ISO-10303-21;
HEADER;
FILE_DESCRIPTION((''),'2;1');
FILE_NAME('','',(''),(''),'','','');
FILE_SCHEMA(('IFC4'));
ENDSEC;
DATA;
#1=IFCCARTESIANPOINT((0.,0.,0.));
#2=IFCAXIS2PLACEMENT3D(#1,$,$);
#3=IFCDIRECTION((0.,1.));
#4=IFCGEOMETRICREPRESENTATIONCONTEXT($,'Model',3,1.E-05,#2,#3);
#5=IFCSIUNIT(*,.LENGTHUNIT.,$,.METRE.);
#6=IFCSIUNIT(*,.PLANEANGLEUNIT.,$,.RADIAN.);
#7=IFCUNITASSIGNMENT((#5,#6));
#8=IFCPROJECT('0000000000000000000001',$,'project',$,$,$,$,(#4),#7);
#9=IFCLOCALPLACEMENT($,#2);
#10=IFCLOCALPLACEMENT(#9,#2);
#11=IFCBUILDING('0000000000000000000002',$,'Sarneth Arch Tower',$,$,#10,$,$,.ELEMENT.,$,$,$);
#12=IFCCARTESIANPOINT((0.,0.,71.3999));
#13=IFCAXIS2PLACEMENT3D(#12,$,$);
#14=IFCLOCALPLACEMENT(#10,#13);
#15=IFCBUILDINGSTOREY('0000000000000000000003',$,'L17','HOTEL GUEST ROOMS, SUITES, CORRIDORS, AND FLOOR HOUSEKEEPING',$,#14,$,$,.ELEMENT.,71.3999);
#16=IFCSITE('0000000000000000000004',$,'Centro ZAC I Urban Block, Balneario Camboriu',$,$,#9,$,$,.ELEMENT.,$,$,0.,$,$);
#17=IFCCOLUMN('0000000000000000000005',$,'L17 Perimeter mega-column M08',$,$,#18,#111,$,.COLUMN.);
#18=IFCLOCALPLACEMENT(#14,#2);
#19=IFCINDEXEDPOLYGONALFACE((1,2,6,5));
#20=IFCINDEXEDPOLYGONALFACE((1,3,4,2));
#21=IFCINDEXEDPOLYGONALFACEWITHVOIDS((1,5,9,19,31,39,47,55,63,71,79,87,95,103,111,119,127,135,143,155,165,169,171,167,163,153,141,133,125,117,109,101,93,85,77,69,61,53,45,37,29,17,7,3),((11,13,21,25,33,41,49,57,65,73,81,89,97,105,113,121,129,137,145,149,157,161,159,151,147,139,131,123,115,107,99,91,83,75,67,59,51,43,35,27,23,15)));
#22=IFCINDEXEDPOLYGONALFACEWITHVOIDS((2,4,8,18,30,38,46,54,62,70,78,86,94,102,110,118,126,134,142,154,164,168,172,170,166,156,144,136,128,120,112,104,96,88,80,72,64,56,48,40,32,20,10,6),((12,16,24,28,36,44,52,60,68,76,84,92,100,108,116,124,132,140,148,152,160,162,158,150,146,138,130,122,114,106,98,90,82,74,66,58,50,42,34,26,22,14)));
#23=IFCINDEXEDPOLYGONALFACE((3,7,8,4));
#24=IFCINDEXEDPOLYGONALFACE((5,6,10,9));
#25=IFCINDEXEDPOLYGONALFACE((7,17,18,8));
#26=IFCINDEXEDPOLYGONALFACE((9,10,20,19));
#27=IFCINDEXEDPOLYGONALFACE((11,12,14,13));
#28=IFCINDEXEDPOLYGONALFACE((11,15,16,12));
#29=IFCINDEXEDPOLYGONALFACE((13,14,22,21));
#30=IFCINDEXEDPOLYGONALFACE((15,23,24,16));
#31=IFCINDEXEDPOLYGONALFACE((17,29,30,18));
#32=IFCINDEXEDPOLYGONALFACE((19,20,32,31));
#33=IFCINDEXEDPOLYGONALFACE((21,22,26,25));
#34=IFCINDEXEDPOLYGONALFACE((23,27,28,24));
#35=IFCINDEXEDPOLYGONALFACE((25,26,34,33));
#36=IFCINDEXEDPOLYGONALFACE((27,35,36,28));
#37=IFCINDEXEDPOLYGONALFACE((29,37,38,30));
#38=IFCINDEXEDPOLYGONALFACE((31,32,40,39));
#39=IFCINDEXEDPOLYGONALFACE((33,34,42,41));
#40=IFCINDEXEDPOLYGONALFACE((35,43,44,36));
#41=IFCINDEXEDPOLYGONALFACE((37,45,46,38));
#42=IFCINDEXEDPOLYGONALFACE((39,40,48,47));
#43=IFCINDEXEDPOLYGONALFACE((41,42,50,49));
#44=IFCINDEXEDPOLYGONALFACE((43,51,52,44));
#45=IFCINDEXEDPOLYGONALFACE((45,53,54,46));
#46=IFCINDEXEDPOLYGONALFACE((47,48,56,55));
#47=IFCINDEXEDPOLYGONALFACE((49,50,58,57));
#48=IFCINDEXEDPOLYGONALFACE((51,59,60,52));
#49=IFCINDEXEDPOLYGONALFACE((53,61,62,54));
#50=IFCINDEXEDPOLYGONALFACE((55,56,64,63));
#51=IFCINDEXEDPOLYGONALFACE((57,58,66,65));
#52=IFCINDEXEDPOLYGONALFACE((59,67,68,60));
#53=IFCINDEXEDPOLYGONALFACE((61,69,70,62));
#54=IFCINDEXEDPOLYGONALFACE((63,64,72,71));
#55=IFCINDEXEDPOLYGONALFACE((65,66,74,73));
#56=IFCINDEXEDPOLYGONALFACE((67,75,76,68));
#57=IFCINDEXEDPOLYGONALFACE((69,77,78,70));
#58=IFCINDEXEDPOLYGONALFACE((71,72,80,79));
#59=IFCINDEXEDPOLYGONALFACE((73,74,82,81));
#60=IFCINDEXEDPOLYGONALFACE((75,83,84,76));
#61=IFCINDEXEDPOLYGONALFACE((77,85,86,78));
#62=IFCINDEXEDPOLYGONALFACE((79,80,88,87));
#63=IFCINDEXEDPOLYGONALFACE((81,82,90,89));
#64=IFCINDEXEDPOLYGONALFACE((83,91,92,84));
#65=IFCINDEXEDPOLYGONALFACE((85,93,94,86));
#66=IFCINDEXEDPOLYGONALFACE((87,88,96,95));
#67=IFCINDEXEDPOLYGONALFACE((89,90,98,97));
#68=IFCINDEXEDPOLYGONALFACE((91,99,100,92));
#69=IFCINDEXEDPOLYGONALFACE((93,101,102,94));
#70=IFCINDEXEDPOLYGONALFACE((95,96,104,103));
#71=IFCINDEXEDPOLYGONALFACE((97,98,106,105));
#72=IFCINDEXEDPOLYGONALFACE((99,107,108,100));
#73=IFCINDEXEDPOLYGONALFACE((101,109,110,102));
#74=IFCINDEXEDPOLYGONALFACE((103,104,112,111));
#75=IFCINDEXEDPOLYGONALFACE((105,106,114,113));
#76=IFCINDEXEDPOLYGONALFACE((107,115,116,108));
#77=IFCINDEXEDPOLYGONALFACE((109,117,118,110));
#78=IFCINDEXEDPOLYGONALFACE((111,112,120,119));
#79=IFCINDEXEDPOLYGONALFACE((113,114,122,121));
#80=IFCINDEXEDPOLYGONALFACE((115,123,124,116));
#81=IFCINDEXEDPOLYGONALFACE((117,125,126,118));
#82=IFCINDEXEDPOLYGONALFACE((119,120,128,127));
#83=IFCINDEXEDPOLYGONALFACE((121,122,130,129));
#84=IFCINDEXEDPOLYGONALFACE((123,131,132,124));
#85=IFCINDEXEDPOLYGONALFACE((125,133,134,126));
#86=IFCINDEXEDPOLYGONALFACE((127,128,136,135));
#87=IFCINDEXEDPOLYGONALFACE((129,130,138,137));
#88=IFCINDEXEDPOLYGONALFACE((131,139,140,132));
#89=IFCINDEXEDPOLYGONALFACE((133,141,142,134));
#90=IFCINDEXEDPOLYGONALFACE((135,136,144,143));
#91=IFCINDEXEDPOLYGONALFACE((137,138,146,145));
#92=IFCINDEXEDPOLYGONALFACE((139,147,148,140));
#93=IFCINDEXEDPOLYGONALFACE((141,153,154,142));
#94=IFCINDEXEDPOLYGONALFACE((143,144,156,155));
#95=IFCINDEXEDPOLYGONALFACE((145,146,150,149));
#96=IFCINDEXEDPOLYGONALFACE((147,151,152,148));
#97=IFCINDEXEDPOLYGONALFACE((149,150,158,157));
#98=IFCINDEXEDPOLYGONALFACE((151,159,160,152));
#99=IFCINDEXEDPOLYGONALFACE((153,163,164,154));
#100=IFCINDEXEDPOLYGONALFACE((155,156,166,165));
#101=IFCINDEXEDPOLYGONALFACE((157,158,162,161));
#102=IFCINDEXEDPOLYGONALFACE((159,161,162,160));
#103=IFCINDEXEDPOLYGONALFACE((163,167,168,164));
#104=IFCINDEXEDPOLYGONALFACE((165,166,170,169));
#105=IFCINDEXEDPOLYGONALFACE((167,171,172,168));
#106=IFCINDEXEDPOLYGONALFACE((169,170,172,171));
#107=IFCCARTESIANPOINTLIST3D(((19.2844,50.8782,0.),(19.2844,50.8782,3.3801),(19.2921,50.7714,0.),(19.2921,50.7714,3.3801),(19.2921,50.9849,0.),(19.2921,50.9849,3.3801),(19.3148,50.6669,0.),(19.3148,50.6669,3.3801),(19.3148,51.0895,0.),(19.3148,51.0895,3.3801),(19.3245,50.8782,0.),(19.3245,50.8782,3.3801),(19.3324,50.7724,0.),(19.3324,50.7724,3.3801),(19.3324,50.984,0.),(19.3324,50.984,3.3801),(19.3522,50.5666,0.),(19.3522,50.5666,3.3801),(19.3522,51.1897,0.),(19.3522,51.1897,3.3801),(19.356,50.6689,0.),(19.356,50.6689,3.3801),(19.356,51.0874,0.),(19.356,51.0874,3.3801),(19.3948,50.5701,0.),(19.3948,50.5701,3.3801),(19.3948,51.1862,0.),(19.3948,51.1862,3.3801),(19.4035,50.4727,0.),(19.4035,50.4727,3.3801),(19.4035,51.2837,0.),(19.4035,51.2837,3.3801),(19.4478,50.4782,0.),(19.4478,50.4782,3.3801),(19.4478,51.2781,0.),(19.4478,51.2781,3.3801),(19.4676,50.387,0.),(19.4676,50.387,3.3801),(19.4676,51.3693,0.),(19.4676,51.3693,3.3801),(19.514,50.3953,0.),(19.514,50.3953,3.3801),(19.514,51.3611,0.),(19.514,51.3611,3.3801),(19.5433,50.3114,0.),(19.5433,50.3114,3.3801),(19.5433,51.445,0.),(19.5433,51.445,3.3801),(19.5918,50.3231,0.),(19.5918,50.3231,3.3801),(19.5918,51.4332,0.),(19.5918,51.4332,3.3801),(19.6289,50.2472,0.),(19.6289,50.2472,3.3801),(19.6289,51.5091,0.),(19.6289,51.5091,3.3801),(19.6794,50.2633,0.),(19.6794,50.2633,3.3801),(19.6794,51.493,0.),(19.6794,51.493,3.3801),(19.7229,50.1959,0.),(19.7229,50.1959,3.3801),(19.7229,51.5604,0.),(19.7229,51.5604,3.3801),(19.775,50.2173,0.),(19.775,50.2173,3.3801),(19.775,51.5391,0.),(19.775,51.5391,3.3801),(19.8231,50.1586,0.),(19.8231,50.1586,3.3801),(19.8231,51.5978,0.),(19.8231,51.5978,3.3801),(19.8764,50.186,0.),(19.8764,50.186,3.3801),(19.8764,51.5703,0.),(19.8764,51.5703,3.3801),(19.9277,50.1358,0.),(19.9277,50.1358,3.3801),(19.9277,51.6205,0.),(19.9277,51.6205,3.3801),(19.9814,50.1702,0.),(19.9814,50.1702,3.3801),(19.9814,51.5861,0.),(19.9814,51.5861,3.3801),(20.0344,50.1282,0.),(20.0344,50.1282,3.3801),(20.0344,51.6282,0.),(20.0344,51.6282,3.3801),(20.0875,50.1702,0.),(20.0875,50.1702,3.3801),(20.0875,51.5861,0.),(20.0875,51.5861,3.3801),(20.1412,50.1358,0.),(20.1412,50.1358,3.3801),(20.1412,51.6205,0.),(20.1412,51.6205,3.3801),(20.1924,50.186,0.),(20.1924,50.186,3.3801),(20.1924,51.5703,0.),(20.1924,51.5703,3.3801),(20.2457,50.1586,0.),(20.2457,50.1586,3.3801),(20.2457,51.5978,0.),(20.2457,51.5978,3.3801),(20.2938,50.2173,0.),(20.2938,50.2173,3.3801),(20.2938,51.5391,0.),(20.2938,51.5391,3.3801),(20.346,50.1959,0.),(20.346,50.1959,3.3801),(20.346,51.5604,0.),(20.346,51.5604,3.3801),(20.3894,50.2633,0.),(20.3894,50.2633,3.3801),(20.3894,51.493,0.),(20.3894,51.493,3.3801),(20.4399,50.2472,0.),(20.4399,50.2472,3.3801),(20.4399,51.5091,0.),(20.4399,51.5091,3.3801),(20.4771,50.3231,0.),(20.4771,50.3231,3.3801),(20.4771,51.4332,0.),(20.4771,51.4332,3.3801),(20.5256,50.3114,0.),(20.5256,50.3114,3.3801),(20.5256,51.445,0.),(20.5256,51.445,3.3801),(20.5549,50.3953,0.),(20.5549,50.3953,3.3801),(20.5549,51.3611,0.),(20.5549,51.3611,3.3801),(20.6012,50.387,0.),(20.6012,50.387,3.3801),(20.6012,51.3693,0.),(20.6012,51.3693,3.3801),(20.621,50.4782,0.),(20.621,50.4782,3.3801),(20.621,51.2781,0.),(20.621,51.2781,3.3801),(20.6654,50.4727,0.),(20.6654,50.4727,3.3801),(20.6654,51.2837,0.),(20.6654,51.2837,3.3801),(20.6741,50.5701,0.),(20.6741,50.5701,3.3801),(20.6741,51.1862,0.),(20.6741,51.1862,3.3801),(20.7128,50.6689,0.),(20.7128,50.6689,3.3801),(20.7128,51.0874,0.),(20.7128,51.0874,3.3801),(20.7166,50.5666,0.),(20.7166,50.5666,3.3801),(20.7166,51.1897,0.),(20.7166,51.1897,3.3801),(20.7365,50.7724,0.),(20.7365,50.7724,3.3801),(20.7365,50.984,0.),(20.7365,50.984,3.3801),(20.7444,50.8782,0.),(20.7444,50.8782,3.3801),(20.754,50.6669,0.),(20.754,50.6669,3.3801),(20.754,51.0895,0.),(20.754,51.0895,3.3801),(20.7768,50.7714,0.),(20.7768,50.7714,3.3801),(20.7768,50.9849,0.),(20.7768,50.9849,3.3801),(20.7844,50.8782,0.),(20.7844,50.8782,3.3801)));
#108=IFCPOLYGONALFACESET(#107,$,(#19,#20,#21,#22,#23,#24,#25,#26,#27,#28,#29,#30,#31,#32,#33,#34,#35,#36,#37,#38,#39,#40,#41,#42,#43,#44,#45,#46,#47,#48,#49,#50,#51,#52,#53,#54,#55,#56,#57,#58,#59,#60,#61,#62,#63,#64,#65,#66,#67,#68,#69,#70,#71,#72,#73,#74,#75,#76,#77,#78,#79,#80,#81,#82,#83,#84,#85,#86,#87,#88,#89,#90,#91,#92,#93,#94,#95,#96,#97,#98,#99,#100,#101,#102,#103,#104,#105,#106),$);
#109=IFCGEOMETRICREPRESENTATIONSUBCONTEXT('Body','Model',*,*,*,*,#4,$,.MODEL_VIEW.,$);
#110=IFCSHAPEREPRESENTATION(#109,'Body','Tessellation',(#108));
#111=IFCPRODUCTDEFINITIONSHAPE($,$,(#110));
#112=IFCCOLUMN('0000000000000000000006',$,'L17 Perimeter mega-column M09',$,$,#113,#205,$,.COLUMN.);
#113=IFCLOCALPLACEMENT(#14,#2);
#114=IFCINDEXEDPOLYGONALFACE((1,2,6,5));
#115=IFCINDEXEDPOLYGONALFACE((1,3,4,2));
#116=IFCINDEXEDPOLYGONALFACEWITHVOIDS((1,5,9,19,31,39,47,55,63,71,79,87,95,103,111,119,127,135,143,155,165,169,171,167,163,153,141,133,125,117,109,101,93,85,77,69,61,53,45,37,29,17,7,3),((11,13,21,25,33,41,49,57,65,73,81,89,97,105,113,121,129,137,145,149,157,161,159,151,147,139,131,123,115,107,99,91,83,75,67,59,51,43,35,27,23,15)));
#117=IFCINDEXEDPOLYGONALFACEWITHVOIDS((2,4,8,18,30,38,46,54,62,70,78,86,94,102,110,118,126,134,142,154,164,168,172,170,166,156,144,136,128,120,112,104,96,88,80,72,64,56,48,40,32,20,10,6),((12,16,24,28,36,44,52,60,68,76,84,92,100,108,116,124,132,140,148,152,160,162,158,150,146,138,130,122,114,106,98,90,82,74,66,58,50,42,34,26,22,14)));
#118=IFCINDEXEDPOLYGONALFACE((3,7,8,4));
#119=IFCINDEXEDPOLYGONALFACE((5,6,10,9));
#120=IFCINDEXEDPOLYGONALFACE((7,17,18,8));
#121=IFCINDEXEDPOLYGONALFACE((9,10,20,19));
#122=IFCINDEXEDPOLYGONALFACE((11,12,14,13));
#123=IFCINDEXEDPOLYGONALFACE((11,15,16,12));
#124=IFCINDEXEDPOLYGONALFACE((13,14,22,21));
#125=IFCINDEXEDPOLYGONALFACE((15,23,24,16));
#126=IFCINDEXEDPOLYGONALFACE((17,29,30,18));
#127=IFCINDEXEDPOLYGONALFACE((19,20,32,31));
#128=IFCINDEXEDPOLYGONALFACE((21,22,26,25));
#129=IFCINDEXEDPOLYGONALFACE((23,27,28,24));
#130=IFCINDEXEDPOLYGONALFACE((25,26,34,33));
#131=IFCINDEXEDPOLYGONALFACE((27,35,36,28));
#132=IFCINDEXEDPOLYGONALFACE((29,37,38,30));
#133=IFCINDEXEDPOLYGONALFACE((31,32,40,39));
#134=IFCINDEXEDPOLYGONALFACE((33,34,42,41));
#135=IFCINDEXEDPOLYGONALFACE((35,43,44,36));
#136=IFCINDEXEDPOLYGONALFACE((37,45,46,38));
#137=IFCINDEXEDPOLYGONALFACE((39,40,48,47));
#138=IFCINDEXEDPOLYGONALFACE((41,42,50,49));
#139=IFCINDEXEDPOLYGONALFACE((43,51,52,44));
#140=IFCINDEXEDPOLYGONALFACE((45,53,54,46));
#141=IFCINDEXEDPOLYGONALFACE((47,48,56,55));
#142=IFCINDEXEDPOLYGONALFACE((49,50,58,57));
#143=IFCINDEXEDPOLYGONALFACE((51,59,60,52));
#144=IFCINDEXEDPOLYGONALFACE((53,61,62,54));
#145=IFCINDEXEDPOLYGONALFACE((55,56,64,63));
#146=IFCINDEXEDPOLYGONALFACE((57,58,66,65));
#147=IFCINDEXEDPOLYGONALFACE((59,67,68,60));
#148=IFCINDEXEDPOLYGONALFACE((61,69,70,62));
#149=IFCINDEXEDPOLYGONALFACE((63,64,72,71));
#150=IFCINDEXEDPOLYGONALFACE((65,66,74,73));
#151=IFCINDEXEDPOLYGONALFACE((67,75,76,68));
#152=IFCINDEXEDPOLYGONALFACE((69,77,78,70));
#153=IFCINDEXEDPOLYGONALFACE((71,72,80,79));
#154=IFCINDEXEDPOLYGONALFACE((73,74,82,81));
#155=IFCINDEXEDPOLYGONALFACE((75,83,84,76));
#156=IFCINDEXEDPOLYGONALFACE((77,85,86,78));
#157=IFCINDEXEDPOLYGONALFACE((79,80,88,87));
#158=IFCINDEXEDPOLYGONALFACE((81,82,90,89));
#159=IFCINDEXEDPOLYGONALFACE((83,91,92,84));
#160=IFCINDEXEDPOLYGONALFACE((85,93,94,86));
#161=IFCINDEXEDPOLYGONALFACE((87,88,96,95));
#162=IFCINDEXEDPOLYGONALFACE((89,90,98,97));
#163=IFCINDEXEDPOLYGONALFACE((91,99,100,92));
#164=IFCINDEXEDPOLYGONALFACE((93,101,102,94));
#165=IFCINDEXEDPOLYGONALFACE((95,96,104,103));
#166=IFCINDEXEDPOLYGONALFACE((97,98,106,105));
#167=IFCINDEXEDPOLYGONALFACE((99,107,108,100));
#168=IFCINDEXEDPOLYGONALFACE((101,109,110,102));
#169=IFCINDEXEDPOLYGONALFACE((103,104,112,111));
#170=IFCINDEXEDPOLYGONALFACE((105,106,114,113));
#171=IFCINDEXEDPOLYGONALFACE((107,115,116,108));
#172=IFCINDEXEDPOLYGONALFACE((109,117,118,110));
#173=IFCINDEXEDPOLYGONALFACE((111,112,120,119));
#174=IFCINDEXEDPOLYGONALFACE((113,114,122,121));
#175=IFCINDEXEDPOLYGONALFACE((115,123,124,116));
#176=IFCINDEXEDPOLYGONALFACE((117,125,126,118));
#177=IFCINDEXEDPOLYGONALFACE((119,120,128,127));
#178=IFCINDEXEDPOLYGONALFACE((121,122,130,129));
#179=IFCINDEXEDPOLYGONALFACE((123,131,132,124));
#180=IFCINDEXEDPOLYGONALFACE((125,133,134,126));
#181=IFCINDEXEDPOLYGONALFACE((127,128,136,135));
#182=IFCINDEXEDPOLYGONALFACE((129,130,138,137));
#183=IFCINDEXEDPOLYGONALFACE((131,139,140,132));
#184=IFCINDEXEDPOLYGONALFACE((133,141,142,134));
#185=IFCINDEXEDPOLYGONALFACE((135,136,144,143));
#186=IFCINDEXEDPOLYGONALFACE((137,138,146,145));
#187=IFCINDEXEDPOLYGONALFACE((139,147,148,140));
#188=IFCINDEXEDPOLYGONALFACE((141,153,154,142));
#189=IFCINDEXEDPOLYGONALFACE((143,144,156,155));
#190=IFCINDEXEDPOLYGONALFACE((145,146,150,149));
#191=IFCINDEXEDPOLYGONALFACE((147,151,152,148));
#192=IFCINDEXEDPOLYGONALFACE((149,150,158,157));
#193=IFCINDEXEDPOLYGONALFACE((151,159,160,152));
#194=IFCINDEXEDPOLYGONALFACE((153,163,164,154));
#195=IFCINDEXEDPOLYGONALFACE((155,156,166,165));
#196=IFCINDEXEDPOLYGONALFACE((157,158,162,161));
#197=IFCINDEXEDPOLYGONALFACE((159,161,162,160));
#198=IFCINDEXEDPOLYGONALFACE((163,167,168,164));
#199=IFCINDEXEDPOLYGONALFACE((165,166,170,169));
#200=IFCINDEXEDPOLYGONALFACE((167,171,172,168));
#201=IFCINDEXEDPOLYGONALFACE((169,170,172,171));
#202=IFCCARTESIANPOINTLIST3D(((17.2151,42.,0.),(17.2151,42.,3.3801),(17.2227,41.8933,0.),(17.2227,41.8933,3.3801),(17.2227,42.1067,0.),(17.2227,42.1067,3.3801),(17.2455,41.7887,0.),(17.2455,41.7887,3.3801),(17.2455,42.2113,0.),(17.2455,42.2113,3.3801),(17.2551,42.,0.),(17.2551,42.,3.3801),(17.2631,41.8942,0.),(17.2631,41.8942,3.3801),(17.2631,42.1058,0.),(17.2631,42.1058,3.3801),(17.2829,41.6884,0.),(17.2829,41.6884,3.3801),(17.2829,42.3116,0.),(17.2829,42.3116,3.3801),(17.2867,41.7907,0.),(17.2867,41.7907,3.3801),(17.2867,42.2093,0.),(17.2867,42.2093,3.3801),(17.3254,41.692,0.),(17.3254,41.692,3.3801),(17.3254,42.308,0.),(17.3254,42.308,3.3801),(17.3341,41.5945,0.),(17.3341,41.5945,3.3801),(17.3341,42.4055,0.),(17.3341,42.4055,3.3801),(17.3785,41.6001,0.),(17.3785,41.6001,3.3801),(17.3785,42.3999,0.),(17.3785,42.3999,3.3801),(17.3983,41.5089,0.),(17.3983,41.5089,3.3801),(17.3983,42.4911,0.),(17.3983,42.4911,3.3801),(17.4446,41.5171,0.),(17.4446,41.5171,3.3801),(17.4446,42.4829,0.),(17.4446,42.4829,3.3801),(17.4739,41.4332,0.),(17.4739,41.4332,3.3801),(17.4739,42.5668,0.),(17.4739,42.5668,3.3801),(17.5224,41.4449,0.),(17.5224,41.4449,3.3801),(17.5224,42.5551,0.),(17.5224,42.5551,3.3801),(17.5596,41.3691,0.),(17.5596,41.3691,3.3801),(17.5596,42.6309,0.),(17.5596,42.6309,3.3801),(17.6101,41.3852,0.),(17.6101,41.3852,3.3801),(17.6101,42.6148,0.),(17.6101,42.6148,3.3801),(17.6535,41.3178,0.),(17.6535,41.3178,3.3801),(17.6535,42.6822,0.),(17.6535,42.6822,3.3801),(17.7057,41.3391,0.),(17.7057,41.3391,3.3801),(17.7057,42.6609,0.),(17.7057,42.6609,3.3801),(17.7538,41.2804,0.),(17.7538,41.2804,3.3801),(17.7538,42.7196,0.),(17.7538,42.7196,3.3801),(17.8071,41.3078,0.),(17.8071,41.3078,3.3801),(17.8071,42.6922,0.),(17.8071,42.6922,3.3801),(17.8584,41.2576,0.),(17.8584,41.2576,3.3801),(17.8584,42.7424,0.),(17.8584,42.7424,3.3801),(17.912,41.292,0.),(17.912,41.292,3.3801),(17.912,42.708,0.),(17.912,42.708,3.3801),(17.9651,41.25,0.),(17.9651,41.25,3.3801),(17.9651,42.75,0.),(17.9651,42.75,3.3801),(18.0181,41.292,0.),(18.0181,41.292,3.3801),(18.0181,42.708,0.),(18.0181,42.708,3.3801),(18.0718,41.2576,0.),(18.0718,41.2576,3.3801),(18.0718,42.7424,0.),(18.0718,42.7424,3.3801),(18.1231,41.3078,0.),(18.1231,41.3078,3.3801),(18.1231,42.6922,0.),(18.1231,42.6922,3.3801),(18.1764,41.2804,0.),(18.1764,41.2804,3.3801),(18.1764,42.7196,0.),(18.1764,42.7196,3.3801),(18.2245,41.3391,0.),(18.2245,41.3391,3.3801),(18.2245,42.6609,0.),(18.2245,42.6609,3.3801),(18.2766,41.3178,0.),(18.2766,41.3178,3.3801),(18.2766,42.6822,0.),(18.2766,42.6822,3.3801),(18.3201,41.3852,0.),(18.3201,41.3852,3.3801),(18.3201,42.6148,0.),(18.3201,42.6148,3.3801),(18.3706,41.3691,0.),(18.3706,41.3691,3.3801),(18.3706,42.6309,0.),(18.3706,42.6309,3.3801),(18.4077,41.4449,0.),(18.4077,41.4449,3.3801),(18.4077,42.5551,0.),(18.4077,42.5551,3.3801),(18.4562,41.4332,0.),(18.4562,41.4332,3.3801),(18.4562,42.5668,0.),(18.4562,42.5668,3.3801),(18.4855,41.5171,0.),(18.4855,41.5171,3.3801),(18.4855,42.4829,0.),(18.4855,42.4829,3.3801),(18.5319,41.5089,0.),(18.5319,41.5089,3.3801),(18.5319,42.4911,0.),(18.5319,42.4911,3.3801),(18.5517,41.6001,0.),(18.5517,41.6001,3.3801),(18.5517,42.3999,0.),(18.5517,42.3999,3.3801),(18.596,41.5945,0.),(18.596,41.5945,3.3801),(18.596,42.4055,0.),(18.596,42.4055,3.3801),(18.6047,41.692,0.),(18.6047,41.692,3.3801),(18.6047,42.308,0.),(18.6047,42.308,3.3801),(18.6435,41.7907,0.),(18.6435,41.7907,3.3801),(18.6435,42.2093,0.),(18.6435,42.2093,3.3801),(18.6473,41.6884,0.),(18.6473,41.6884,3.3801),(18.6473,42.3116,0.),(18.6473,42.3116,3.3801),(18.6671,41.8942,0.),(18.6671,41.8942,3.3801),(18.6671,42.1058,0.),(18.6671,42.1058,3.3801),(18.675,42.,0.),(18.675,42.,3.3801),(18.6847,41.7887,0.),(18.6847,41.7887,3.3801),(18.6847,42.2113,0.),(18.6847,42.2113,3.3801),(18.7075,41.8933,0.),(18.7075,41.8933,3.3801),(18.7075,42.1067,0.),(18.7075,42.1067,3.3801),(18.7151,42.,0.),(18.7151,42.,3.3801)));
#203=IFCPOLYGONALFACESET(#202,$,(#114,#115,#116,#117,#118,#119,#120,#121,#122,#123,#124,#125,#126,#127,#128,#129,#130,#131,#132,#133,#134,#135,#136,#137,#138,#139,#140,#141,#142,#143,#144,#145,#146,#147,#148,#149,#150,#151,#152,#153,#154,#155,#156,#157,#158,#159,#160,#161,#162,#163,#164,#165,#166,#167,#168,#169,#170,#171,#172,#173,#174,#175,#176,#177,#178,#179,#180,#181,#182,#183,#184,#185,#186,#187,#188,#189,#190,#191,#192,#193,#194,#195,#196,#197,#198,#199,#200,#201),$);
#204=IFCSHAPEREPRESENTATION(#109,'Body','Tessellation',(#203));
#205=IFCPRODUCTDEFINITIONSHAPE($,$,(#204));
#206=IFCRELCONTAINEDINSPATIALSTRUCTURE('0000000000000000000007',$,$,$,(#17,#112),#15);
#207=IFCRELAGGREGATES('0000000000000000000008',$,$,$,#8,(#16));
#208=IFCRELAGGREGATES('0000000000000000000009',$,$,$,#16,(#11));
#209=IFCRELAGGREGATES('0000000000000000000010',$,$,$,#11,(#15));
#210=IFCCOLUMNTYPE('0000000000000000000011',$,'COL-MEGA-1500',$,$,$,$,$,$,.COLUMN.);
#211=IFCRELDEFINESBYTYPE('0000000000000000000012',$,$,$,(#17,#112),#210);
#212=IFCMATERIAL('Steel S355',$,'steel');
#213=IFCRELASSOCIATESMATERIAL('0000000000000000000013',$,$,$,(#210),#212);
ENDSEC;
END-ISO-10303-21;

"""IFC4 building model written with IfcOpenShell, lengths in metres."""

from ifc_helpers import new_model, si_unit, direction, frame, origin, origin_2d, place, context, subcontext, project, spatial, hollow_circle, extrude, material, material_profile, profile_set, type_object, element, save


model = new_model("IFC4")

# Units and contexts
model_context = context("Model", 3, precision=1e-05, world=origin(), true_north=direction((0.0, 1.0)))
body_context = subcontext(model_context, "Body", "Model", "MODEL_VIEW")
ifc_project = project(units=[si_unit("LENGTHUNIT", "METRE"), si_unit("PLANEANGLEUNIT", "RADIAN")], contexts=[model_context])

# Site, building, storey
site_placement = place(None, origin())
site = spatial("IfcSite", under=ifc_project, at=site_placement, Name="Centro ZAC I Urban Block, Balneario Camboriu", CompositionType="ELEMENT", RefElevation=0.0)
building_placement = place(site_placement, origin())
building = spatial("IfcBuilding", under=site, at=building_placement, Name="Sarneth Arch Tower", CompositionType="ELEMENT")
storey_placement = place(building_placement, frame((0.0, 0.0, 71.3999)))
storey = spatial("IfcBuildingStorey", under=building, at=storey_placement, Name="L17", Description="HOTEL GUEST ROOMS, SUITES, CORRIDORS, AND FLOOR HOUSEKEEPING", CompositionType="ELEMENT", Elevation=71.3999)

# Columns
ifc_material_1 = material(Name="Steel S355", Category="steel")
ifc_material_profile_1 = material_profile(ifc_material_1, hollow_circle(Radius=0.75, WallThickness=0.04, at=origin_2d()), Name="CHS1500x40")
ifc_profile_set_1 = profile_set([ifc_material_profile_1], Name="Steel S355")
column_type = type_object("IfcColumnType", Name="COL-MEGA-1500", PredefinedType="COLUMN", material=ifc_profile_set_1)
for number, where, z_axis, x_axis, name in (
    (1, (20.0344, 50.8782, 0.0), (0.0, 0.0, 1.0), (1.0, 0.0, 0.0), "L17 Perimeter mega-column M08"),
    (2, (17.9651, 42.0, 0.0), (0.0, 0.0, 1.0), (1.0, 0.0, 0.0), "L17 Perimeter mega-column M09"),
):
    element("IfcColumn", number, at=place(storey_placement, frame(where, z_axis=z_axis, x_axis=x_axis)), inside=storey, type_object=column_type, Name=name, PredefinedType="COLUMN", context=body_context, shape_type="SweptSolid", body=[
        extrude(hollow_circle(Radius=0.75, WallThickness=0.04, at=origin_2d()), origin(), (0.0, 0.0, 1.0), 3.3801),
    ])

save(model, "model.ifc")
